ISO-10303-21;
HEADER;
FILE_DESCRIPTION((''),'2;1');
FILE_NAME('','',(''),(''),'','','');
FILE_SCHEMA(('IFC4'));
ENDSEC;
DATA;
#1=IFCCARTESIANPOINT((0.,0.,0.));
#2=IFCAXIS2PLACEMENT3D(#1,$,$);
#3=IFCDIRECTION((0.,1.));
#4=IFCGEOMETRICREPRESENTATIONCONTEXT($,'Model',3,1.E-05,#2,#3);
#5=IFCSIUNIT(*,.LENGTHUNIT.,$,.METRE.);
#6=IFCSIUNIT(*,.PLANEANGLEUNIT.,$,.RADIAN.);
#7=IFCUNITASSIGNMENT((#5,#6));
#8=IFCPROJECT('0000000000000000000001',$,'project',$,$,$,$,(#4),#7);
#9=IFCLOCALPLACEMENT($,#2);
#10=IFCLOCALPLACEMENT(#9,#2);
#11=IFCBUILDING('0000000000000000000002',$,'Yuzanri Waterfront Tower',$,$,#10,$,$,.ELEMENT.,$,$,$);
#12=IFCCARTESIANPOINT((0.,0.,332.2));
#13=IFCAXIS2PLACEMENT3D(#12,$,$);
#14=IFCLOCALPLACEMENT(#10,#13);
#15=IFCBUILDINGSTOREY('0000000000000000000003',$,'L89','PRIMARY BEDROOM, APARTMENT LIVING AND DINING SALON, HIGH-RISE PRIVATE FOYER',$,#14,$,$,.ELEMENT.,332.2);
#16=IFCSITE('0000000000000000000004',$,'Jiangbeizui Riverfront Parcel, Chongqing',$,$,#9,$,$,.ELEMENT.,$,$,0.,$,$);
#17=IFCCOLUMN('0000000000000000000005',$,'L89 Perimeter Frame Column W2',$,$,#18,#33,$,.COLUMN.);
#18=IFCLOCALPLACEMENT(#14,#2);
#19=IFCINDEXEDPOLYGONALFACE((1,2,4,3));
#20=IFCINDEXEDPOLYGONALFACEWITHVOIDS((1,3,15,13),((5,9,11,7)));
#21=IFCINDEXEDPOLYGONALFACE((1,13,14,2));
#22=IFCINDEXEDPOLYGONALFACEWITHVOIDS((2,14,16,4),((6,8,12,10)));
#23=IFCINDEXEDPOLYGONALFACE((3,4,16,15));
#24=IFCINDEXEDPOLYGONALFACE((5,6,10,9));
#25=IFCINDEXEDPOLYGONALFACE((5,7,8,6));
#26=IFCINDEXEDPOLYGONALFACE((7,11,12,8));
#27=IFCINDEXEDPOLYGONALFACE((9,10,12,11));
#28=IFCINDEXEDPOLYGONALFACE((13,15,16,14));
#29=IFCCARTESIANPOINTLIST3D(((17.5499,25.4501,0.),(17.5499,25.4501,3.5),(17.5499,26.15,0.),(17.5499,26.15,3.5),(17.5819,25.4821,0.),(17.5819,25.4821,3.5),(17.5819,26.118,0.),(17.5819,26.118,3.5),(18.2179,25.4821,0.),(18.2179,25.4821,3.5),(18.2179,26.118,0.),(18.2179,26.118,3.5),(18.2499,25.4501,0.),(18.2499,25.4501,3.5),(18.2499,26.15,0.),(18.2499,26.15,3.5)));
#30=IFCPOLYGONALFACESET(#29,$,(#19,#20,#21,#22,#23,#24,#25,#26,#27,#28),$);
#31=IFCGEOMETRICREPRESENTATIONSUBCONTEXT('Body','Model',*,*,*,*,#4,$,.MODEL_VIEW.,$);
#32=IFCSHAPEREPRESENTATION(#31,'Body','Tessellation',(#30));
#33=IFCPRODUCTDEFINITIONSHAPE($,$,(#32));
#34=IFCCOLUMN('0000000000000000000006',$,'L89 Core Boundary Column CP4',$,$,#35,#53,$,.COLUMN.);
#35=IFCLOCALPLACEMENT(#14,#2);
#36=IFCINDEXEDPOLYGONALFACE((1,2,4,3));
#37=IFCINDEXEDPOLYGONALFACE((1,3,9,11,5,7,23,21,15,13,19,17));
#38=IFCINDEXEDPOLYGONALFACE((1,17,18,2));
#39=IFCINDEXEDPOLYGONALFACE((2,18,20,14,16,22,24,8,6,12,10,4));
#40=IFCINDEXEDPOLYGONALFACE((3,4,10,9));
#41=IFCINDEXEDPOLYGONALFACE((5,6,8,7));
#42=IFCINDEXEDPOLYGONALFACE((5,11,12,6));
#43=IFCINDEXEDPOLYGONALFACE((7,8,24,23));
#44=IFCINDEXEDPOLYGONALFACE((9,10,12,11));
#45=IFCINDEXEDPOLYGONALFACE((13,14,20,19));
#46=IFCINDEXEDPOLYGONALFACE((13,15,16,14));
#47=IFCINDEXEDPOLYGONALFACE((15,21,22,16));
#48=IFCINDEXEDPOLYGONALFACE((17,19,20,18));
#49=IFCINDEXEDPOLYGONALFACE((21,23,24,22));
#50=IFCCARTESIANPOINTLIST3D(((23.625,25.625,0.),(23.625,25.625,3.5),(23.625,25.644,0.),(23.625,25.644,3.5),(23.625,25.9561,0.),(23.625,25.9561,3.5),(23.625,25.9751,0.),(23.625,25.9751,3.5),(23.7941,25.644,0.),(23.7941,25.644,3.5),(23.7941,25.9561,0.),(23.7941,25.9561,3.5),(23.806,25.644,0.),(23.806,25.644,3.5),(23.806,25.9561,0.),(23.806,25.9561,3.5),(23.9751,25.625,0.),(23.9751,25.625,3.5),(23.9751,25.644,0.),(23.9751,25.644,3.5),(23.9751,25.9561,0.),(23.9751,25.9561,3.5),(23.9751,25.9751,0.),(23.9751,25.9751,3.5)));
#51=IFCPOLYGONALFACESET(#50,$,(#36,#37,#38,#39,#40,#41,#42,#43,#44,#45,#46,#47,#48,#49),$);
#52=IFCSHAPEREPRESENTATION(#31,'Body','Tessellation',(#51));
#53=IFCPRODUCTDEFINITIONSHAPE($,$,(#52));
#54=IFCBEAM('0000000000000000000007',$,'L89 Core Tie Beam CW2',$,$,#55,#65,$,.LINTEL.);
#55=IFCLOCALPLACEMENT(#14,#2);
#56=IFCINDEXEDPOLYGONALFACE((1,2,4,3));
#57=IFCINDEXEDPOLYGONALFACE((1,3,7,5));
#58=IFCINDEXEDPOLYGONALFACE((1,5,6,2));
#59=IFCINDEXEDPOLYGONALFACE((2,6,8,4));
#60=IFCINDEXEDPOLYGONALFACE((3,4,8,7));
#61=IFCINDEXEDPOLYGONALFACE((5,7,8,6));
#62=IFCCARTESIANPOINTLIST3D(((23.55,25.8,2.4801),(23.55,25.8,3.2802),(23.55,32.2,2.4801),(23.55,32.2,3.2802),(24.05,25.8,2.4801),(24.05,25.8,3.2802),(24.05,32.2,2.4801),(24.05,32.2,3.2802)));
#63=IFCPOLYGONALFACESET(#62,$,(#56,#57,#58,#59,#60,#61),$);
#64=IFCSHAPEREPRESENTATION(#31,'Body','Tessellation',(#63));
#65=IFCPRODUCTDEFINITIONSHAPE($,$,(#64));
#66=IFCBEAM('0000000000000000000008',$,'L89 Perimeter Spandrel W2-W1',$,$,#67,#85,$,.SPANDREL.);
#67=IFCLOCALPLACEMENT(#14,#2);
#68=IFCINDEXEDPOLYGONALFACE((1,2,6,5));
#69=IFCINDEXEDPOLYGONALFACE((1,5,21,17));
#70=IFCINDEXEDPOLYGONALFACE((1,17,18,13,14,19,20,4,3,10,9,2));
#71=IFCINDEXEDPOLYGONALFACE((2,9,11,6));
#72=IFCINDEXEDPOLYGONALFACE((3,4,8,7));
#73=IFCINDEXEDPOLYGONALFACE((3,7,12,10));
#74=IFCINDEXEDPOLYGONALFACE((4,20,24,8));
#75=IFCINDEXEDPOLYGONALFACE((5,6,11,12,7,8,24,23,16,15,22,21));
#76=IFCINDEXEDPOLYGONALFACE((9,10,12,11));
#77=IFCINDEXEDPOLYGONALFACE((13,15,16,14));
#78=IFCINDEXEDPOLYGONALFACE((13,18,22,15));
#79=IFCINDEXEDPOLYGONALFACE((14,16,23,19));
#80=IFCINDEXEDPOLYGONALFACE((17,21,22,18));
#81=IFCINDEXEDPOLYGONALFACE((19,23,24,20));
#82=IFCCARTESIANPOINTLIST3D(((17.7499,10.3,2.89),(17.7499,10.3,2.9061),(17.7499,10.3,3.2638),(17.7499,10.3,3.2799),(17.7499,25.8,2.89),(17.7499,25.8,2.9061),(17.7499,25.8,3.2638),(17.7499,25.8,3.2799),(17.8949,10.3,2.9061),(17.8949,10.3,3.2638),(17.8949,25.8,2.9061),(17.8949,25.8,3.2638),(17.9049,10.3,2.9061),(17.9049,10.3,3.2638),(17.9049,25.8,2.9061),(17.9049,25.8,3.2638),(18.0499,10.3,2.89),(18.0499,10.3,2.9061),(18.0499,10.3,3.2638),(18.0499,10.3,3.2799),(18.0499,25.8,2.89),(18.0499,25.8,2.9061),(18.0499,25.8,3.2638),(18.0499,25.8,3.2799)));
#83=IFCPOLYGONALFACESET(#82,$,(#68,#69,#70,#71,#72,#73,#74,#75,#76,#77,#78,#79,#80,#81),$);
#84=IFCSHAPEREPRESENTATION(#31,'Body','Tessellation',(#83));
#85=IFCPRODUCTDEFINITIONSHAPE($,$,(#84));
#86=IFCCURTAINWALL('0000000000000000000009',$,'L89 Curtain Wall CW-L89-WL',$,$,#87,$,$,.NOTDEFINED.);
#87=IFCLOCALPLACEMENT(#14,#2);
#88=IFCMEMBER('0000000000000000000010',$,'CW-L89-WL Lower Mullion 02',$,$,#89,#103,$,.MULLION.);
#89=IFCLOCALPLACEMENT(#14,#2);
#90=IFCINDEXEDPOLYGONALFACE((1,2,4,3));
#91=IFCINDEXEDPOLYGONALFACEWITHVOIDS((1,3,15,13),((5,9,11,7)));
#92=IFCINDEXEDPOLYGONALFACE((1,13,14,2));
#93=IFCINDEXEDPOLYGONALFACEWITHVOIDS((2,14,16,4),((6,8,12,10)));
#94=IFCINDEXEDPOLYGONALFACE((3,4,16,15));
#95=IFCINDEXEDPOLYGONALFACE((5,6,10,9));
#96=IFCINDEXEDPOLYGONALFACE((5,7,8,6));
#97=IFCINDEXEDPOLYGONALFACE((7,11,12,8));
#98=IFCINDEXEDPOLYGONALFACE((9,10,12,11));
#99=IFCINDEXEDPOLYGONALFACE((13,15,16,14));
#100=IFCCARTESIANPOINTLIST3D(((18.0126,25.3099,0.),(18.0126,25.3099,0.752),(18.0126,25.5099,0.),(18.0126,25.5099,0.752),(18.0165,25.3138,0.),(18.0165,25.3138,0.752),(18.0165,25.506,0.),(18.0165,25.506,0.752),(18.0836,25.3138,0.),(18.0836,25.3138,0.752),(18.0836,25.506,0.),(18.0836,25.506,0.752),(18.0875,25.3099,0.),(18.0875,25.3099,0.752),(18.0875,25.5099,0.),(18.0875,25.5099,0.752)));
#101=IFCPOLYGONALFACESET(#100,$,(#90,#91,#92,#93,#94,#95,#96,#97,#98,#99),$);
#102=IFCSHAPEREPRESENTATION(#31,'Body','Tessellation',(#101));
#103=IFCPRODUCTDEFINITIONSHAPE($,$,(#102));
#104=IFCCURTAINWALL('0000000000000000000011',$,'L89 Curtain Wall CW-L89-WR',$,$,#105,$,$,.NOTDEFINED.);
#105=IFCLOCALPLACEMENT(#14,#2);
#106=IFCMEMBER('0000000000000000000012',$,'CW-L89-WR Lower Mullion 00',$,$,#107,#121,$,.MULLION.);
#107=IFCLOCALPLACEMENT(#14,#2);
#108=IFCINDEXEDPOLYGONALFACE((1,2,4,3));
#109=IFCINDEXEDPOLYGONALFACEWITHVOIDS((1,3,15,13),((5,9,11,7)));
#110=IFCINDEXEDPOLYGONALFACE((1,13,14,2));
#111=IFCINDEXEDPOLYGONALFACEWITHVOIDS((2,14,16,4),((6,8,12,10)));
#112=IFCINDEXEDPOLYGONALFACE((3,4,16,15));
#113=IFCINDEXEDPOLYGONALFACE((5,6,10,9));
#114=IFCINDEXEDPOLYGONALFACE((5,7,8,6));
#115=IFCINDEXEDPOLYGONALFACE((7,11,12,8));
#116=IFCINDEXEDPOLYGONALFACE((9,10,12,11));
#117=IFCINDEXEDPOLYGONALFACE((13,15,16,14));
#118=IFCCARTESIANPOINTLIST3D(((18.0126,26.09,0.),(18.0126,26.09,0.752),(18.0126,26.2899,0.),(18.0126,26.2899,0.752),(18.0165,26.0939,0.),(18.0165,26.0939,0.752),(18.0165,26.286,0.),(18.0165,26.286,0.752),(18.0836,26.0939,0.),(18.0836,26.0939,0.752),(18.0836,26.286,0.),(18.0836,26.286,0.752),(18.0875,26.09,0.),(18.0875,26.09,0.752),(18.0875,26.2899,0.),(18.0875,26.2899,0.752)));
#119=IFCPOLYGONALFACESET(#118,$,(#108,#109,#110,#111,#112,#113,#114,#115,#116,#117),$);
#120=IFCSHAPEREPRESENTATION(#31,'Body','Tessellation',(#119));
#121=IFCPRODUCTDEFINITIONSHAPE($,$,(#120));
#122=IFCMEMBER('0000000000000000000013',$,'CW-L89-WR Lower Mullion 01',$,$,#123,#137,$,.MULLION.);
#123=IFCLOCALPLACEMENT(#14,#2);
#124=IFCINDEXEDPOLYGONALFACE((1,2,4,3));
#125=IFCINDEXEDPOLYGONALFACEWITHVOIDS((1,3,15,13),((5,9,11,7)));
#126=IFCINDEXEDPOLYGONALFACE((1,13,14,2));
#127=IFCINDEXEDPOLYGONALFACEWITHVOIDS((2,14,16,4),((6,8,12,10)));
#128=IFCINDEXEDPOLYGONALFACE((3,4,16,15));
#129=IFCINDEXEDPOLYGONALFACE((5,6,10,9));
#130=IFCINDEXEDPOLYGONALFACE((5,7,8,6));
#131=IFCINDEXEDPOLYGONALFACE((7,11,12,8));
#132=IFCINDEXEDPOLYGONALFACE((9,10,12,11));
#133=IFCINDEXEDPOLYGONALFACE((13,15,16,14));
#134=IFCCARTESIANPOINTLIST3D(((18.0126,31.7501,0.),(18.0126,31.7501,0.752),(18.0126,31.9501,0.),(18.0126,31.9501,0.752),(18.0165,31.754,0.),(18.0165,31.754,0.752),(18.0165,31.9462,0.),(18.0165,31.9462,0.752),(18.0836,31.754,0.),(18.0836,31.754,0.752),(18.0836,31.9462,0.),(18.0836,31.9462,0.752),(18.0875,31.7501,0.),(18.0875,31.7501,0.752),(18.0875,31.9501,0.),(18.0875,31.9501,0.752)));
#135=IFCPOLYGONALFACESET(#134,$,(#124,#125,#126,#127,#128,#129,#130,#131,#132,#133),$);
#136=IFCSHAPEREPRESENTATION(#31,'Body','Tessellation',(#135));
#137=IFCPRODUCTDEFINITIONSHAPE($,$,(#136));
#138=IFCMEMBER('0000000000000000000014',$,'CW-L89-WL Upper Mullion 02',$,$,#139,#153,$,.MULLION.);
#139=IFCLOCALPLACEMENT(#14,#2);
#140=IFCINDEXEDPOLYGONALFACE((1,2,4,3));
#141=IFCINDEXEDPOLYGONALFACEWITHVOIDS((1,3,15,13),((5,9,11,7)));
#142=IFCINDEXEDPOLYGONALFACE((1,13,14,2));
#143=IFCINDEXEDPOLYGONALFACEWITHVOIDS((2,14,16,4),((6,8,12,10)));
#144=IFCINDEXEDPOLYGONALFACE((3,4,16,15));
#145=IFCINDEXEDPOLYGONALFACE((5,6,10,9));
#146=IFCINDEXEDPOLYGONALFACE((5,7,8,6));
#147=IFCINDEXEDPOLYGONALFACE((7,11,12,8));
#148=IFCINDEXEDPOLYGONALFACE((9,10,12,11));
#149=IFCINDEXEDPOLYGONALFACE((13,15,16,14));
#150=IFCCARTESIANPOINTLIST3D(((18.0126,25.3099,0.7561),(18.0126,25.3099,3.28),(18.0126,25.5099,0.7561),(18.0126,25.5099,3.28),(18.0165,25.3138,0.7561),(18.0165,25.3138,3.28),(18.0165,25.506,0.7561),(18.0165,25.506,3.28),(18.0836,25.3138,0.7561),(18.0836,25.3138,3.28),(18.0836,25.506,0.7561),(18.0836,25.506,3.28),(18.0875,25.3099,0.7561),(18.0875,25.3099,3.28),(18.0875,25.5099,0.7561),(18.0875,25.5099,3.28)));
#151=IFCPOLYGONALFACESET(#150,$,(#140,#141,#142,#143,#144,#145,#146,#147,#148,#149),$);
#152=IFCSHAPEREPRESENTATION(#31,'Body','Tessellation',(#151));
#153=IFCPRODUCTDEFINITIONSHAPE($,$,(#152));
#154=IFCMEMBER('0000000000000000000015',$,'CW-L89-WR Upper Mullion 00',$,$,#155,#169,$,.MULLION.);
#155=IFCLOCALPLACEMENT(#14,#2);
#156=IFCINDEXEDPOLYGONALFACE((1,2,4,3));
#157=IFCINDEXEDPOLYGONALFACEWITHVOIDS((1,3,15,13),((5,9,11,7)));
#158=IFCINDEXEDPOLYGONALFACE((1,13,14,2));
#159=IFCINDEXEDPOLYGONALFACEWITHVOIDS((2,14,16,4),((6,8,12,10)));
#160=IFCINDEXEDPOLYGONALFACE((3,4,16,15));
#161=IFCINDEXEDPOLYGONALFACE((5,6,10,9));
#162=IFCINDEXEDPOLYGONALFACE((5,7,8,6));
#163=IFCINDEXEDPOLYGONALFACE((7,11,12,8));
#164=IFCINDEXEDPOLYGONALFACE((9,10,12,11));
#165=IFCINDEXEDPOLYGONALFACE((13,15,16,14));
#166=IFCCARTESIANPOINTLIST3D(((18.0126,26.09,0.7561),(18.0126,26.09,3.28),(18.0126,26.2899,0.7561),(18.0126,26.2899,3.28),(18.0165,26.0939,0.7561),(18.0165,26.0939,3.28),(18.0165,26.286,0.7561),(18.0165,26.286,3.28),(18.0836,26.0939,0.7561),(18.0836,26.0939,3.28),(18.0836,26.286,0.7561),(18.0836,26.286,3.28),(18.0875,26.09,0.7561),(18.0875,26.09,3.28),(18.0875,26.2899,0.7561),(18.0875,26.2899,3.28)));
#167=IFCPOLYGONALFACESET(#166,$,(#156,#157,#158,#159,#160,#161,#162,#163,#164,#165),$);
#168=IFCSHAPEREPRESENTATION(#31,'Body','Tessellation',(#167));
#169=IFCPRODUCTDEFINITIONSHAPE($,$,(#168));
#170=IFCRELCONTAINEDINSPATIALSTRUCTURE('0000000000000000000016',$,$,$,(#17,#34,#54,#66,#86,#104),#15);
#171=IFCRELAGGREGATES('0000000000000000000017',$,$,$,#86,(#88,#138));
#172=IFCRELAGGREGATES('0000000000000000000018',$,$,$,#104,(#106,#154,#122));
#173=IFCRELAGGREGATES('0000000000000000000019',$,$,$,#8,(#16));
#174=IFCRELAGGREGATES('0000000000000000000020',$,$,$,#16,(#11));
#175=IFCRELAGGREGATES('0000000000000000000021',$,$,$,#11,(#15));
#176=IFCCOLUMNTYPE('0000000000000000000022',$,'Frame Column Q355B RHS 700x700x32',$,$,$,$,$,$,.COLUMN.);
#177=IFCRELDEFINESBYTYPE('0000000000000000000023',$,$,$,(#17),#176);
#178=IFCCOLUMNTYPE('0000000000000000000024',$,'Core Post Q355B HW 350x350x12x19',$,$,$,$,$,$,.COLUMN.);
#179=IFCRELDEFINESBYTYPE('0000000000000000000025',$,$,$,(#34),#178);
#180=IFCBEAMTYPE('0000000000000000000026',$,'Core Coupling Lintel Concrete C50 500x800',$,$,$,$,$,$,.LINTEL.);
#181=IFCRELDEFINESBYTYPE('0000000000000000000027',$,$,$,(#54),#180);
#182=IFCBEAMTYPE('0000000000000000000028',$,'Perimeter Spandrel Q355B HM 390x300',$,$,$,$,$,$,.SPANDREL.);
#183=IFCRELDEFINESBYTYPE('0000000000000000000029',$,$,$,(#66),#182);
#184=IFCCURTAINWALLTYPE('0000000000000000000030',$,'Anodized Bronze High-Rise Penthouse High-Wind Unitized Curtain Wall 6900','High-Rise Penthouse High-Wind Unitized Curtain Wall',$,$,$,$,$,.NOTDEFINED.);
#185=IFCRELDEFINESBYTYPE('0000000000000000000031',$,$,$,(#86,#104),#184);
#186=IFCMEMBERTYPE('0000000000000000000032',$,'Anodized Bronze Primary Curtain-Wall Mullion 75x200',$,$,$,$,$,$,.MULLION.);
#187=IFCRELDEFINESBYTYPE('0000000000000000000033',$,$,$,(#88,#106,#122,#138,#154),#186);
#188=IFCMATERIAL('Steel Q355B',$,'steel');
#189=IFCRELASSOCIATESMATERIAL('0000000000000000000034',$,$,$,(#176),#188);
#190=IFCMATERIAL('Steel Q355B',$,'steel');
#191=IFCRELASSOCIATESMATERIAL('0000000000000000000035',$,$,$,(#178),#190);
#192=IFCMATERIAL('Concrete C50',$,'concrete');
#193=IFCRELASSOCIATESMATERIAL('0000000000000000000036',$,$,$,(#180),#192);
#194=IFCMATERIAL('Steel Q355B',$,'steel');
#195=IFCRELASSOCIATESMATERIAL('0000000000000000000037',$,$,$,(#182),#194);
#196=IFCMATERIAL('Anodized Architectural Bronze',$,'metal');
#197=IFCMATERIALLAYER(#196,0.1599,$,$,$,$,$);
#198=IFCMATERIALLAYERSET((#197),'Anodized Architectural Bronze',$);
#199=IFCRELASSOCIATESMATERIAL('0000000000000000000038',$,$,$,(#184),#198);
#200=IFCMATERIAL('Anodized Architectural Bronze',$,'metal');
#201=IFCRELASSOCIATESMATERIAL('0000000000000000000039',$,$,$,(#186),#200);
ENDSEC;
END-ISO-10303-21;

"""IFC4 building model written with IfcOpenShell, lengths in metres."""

from ifc_helpers import new_model, si_unit, direction, frame, origin, origin_2d, place, context, subcontext, project, spatial, rectangle, hollow_rectangle, i_section, extrude, source, transform, mapped, material, layer, layer_set, material_profile, profile_set, type_object, element, aggregate, save


model = new_model("IFC4")

# Units and contexts
model_context = context("Model", 3, precision=1e-05, world=origin(), true_north=direction((0.0, 1.0)))
body_context = subcontext(model_context, "Body", "Model", "MODEL_VIEW")
ifc_project = project(units=[si_unit("LENGTHUNIT", "METRE"), si_unit("PLANEANGLEUNIT", "RADIAN")], contexts=[model_context])

# Site, building, storey
site_placement = place(None, origin())
site = spatial("IfcSite", under=ifc_project, at=site_placement, Name="Jiangbeizui Riverfront Parcel, Chongqing", CompositionType="ELEMENT", RefElevation=0.0)
building_placement = place(site_placement, origin())
building = spatial("IfcBuilding", under=site, at=building_placement, Name="Yuzanri Waterfront Tower", CompositionType="ELEMENT")
storey_placement = place(building_placement, frame((0.0, 0.0, 332.2)))
storey = spatial("IfcBuildingStorey", under=building, at=storey_placement, Name="L89", Description="PRIMARY BEDROOM, APARTMENT LIVING AND DINING SALON, HIGH-RISE PRIVATE FOYER", CompositionType="ELEMENT", Elevation=332.2)

# Columns
ifc_material_1 = material(Name="Steel Q355B", Category="steel")
ifc_material_profile_1 = material_profile(ifc_material_1, hollow_rectangle(XDim=0.7, YDim=0.7, WallThickness=0.032, at=origin_2d()), Name="RHS 700x700x32")
ifc_profile_set_1 = profile_set([ifc_material_profile_1], Name="Steel Q355B")
column_type_1 = type_object("IfcColumnType", Name="Frame Column Q355B RHS 700x700x32", PredefinedType="COLUMN", material=ifc_profile_set_1)
shared_shape_1 = source(origin(), body_context, "Body", "SweptSolid", [
    extrude(hollow_rectangle(XDim=0.7, YDim=0.7, WallThickness=0.032, at=origin_2d()), origin(), (0.0, 0.0, 1.0), 3.5),
])
column_1_placement = place(storey_placement, frame((17.8999, 25.8, 0.0), z_axis=(0.0, 0.0, 1.0), x_axis=(1.0, 0.0, 0.0)))
element("IfcColumn", 1, at=column_1_placement, inside=storey, type_object=column_type_1, Name="L89 Perimeter Frame Column W2", PredefinedType="COLUMN", context=body_context, shape_type="MappedRepresentation", body=[
    mapped(shared_shape_1, transform((0.0, 0.0, 0.0), scale=1.0)),
])
ifc_material_2 = material(Name="Steel Q355B", Category="steel")
ifc_material_profile_2 = material_profile(ifc_material_2, i_section(OverallWidth=0.3501, OverallDepth=0.3501, WebThickness=0.012, FlangeThickness=0.019, at=origin_2d()), Name="HW 350x350x12x19")
ifc_profile_set_2 = profile_set([ifc_material_profile_2], Name="Steel Q355B")
column_type_2 = type_object("IfcColumnType", Name="Core Post Q355B HW 350x350x12x19", PredefinedType="COLUMN", material=ifc_profile_set_2)
shared_shape_2 = source(origin(), body_context, "Body", "SweptSolid", [
    extrude(i_section(OverallWidth=0.3501, OverallDepth=0.3501, WebThickness=0.012, FlangeThickness=0.019, at=origin_2d()), origin(), (0.0, 0.0, 1.0), 3.5),
])
column_2_placement = place(storey_placement, frame((23.8, 25.8, 0.0), z_axis=(0.0, 0.0, 1.0), x_axis=(1.0, 0.0, 0.0)))
element("IfcColumn", 2, at=column_2_placement, inside=storey, type_object=column_type_2, Name="L89 Core Boundary Column CP4", PredefinedType="COLUMN", context=body_context, shape_type="MappedRepresentation", body=[
    mapped(shared_shape_2, transform((0.0, 0.0, 0.0), scale=1.0)),
])

# Beams
ifc_material_3 = material(Name="Concrete C50", Category="concrete")
ifc_material_profile_3 = material_profile(ifc_material_3, rectangle(XDim=0.5, YDim=0.8, at=origin_2d()), Name="RC 500x800")
ifc_profile_set_3 = profile_set([ifc_material_profile_3], Name="Concrete C50")
beam_type_1 = type_object("IfcBeamType", Name="Core Coupling Lintel Concrete C50 500x800", PredefinedType="LINTEL", material=ifc_profile_set_3)
shared_shape_3 = source(origin(), body_context, "Body", "SweptSolid", [
    extrude(rectangle(XDim=0.5, YDim=0.8, at=origin_2d()), origin(), (0.0, 0.0, 1.0), 6.3999),
])
beam_1_placement = place(storey_placement, frame((23.8, 25.8, 2.8801), z_axis=(0.0, 1.0, 0.0), x_axis=(-1.0, 0.0, 0.0)))
element("IfcBeam", 3, at=beam_1_placement, inside=storey, type_object=beam_type_1, Name="L89 Core Tie Beam CW2", PredefinedType="LINTEL", context=body_context, shape_type="MappedRepresentation", body=[
    mapped(shared_shape_3, transform((0.0, 0.0, 0.0), scale=1.0)),
])
ifc_material_4 = material(Name="Steel Q355B", Category="steel")
ifc_material_profile_4 = material_profile(ifc_material_4, i_section(OverallWidth=0.3, OverallDepth=0.3899, WebThickness=0.01, FlangeThickness=0.0161, at=origin_2d()), Name="HM 390x300x10x16")
ifc_profile_set_4 = profile_set([ifc_material_profile_4], Name="Steel Q355B")
beam_type_2 = type_object("IfcBeamType", Name="Perimeter Spandrel Q355B HM 390x300", PredefinedType="SPANDREL", material=ifc_profile_set_4)
shared_shape_4 = source(origin(), body_context, "Body", "SweptSolid", [
    extrude(i_section(OverallWidth=0.3, OverallDepth=0.3899, WebThickness=0.01, FlangeThickness=0.0161, at=origin_2d()), origin(), (0.0, 0.0, 1.0), 15.5),
])
beam_2_placement = place(storey_placement, frame((17.8999, 25.8, 3.085), z_axis=(0.0, -1.0, 0.0), x_axis=(1.0, 0.0, 0.0)))
element("IfcBeam", 4, at=beam_2_placement, inside=storey, type_object=beam_type_2, Name="L89 Perimeter Spandrel W2-W1", PredefinedType="SPANDREL", context=body_context, shape_type="MappedRepresentation", body=[
    mapped(shared_shape_4, transform((0.0, 0.0, 0.0), scale=1.0)),
])

# Curtain wall, member
ifc_material_5 = material(Name="Anodized Architectural Bronze", Category="metal")
ifc_layer_1 = layer(ifc_material_5, 0.1599)
ifc_layer_set_1 = layer_set([ifc_layer_1], Name="Anodized Architectural Bronze")
curtain_wall_type = type_object("IfcCurtainWallType", Name="Anodized Bronze High-Rise Penthouse High-Wind Unitized Curtain Wall 6900", Description="High-Rise Penthouse High-Wind Unitized Curtain Wall", PredefinedType="NOTDEFINED", material=ifc_layer_set_1)
curtain_wall_1_placement = place(storey_placement, origin())
curtain_wall_1 = element("IfcCurtainWall", 5, at=curtain_wall_1_placement, inside=storey, type_object=curtain_wall_type, Name="L89 Curtain Wall CW-L89-WL", PredefinedType="NOTDEFINED")
ifc_material_6 = material(Name="Anodized Architectural Bronze", Category="metal")
ifc_material_profile_5 = material_profile(ifc_material_6, hollow_rectangle(XDim=0.075, YDim=0.2, WallThickness=0.0039, at=origin_2d()), Name="CWM 75x200")
ifc_profile_set_5 = profile_set([ifc_material_profile_5], Name="Anodized Architectural Bronze")
member_type_1 = type_object("IfcMemberType", Name="Anodized Bronze Primary Curtain-Wall Mullion 75x200", PredefinedType="MULLION", material=ifc_profile_set_5)
shared_shape_5 = source(origin(), body_context, "Body", "SweptSolid", [
    extrude(hollow_rectangle(XDim=0.075, YDim=0.2, WallThickness=0.0039, at=origin_2d()), origin(), (0.0, 0.0, 1.0), 0.752),
])
member_1_placement = place(storey_placement, frame((18.05, 25.4099, 0.0), z_axis=(0.0, 0.0, 1.0), x_axis=(1.0, 0.0, 0.0)))
member_1 = element("IfcMember", 6, at=member_1_placement, type_object=member_type_1, Name="CW-L89-WL Lower Mullion 02", PredefinedType="MULLION", context=body_context, shape_type="MappedRepresentation", body=[
    mapped(shared_shape_5, transform((0.0, 0.0, 0.0), scale=1.0)),
])

# Curtain wall, members
curtain_wall_2_placement = place(storey_placement, origin())
curtain_wall_2 = element("IfcCurtainWall", 7, at=curtain_wall_2_placement, inside=storey, type_object=curtain_wall_type, Name="L89 Curtain Wall CW-L89-WR", PredefinedType="NOTDEFINED")
member_2_placement = place(storey_placement, frame((18.05, 26.1899, 0.0), z_axis=(0.0, 0.0, 1.0), x_axis=(1.0, 0.0, 0.0)))
member_2 = element("IfcMember", 8, at=member_2_placement, type_object=member_type_1, Name="CW-L89-WR Lower Mullion 00", PredefinedType="MULLION", context=body_context, shape_type="MappedRepresentation", body=[
    mapped(shared_shape_5, transform((0.0, 0.0, 0.0), scale=1.0)),
])
member_3_placement = place(storey_placement, frame((18.05, 31.8501, 0.0), z_axis=(0.0, 0.0, 1.0), x_axis=(1.0, 0.0, 0.0)))
member_3 = element("IfcMember", 9, at=member_3_placement, type_object=member_type_1, Name="CW-L89-WR Lower Mullion 01", PredefinedType="MULLION", context=body_context, shape_type="MappedRepresentation", body=[
    mapped(shared_shape_5, transform((0.0, 0.0, 0.0), scale=1.0)),
])

# Members
shared_shape_6 = source(origin(), body_context, "Body", "SweptSolid", [
    extrude(hollow_rectangle(XDim=0.075, YDim=0.2, WallThickness=0.0039, at=origin_2d()), origin(), (0.0, 0.0, 1.0), 2.5239),
])
member_4_placement = place(storey_placement, frame((18.05, 25.4099, 0.7561), z_axis=(0.0, 0.0, 1.0), x_axis=(1.0, 0.0, 0.0)))
member_4 = element("IfcMember", 10, at=member_4_placement, type_object=member_type_1, Name="CW-L89-WL Upper Mullion 02", PredefinedType="MULLION", context=body_context, shape_type="MappedRepresentation", body=[
    mapped(shared_shape_6, transform((0.0, 0.0, 0.0), scale=1.0)),
])
aggregate(curtain_wall_1, [member_1, member_4])
member_5_placement = place(storey_placement, frame((18.05, 26.1899, 0.7561), z_axis=(0.0, 0.0, 1.0), x_axis=(1.0, 0.0, 0.0)))
member_5 = element("IfcMember", 11, at=member_5_placement, type_object=member_type_1, Name="CW-L89-WR Upper Mullion 00", PredefinedType="MULLION", context=body_context, shape_type="MappedRepresentation", body=[
    mapped(shared_shape_6, transform((0.0, 0.0, 0.0), scale=1.0)),
])

aggregate(curtain_wall_2, [member_2, member_5, member_3])

save(model, "model.ifc")
